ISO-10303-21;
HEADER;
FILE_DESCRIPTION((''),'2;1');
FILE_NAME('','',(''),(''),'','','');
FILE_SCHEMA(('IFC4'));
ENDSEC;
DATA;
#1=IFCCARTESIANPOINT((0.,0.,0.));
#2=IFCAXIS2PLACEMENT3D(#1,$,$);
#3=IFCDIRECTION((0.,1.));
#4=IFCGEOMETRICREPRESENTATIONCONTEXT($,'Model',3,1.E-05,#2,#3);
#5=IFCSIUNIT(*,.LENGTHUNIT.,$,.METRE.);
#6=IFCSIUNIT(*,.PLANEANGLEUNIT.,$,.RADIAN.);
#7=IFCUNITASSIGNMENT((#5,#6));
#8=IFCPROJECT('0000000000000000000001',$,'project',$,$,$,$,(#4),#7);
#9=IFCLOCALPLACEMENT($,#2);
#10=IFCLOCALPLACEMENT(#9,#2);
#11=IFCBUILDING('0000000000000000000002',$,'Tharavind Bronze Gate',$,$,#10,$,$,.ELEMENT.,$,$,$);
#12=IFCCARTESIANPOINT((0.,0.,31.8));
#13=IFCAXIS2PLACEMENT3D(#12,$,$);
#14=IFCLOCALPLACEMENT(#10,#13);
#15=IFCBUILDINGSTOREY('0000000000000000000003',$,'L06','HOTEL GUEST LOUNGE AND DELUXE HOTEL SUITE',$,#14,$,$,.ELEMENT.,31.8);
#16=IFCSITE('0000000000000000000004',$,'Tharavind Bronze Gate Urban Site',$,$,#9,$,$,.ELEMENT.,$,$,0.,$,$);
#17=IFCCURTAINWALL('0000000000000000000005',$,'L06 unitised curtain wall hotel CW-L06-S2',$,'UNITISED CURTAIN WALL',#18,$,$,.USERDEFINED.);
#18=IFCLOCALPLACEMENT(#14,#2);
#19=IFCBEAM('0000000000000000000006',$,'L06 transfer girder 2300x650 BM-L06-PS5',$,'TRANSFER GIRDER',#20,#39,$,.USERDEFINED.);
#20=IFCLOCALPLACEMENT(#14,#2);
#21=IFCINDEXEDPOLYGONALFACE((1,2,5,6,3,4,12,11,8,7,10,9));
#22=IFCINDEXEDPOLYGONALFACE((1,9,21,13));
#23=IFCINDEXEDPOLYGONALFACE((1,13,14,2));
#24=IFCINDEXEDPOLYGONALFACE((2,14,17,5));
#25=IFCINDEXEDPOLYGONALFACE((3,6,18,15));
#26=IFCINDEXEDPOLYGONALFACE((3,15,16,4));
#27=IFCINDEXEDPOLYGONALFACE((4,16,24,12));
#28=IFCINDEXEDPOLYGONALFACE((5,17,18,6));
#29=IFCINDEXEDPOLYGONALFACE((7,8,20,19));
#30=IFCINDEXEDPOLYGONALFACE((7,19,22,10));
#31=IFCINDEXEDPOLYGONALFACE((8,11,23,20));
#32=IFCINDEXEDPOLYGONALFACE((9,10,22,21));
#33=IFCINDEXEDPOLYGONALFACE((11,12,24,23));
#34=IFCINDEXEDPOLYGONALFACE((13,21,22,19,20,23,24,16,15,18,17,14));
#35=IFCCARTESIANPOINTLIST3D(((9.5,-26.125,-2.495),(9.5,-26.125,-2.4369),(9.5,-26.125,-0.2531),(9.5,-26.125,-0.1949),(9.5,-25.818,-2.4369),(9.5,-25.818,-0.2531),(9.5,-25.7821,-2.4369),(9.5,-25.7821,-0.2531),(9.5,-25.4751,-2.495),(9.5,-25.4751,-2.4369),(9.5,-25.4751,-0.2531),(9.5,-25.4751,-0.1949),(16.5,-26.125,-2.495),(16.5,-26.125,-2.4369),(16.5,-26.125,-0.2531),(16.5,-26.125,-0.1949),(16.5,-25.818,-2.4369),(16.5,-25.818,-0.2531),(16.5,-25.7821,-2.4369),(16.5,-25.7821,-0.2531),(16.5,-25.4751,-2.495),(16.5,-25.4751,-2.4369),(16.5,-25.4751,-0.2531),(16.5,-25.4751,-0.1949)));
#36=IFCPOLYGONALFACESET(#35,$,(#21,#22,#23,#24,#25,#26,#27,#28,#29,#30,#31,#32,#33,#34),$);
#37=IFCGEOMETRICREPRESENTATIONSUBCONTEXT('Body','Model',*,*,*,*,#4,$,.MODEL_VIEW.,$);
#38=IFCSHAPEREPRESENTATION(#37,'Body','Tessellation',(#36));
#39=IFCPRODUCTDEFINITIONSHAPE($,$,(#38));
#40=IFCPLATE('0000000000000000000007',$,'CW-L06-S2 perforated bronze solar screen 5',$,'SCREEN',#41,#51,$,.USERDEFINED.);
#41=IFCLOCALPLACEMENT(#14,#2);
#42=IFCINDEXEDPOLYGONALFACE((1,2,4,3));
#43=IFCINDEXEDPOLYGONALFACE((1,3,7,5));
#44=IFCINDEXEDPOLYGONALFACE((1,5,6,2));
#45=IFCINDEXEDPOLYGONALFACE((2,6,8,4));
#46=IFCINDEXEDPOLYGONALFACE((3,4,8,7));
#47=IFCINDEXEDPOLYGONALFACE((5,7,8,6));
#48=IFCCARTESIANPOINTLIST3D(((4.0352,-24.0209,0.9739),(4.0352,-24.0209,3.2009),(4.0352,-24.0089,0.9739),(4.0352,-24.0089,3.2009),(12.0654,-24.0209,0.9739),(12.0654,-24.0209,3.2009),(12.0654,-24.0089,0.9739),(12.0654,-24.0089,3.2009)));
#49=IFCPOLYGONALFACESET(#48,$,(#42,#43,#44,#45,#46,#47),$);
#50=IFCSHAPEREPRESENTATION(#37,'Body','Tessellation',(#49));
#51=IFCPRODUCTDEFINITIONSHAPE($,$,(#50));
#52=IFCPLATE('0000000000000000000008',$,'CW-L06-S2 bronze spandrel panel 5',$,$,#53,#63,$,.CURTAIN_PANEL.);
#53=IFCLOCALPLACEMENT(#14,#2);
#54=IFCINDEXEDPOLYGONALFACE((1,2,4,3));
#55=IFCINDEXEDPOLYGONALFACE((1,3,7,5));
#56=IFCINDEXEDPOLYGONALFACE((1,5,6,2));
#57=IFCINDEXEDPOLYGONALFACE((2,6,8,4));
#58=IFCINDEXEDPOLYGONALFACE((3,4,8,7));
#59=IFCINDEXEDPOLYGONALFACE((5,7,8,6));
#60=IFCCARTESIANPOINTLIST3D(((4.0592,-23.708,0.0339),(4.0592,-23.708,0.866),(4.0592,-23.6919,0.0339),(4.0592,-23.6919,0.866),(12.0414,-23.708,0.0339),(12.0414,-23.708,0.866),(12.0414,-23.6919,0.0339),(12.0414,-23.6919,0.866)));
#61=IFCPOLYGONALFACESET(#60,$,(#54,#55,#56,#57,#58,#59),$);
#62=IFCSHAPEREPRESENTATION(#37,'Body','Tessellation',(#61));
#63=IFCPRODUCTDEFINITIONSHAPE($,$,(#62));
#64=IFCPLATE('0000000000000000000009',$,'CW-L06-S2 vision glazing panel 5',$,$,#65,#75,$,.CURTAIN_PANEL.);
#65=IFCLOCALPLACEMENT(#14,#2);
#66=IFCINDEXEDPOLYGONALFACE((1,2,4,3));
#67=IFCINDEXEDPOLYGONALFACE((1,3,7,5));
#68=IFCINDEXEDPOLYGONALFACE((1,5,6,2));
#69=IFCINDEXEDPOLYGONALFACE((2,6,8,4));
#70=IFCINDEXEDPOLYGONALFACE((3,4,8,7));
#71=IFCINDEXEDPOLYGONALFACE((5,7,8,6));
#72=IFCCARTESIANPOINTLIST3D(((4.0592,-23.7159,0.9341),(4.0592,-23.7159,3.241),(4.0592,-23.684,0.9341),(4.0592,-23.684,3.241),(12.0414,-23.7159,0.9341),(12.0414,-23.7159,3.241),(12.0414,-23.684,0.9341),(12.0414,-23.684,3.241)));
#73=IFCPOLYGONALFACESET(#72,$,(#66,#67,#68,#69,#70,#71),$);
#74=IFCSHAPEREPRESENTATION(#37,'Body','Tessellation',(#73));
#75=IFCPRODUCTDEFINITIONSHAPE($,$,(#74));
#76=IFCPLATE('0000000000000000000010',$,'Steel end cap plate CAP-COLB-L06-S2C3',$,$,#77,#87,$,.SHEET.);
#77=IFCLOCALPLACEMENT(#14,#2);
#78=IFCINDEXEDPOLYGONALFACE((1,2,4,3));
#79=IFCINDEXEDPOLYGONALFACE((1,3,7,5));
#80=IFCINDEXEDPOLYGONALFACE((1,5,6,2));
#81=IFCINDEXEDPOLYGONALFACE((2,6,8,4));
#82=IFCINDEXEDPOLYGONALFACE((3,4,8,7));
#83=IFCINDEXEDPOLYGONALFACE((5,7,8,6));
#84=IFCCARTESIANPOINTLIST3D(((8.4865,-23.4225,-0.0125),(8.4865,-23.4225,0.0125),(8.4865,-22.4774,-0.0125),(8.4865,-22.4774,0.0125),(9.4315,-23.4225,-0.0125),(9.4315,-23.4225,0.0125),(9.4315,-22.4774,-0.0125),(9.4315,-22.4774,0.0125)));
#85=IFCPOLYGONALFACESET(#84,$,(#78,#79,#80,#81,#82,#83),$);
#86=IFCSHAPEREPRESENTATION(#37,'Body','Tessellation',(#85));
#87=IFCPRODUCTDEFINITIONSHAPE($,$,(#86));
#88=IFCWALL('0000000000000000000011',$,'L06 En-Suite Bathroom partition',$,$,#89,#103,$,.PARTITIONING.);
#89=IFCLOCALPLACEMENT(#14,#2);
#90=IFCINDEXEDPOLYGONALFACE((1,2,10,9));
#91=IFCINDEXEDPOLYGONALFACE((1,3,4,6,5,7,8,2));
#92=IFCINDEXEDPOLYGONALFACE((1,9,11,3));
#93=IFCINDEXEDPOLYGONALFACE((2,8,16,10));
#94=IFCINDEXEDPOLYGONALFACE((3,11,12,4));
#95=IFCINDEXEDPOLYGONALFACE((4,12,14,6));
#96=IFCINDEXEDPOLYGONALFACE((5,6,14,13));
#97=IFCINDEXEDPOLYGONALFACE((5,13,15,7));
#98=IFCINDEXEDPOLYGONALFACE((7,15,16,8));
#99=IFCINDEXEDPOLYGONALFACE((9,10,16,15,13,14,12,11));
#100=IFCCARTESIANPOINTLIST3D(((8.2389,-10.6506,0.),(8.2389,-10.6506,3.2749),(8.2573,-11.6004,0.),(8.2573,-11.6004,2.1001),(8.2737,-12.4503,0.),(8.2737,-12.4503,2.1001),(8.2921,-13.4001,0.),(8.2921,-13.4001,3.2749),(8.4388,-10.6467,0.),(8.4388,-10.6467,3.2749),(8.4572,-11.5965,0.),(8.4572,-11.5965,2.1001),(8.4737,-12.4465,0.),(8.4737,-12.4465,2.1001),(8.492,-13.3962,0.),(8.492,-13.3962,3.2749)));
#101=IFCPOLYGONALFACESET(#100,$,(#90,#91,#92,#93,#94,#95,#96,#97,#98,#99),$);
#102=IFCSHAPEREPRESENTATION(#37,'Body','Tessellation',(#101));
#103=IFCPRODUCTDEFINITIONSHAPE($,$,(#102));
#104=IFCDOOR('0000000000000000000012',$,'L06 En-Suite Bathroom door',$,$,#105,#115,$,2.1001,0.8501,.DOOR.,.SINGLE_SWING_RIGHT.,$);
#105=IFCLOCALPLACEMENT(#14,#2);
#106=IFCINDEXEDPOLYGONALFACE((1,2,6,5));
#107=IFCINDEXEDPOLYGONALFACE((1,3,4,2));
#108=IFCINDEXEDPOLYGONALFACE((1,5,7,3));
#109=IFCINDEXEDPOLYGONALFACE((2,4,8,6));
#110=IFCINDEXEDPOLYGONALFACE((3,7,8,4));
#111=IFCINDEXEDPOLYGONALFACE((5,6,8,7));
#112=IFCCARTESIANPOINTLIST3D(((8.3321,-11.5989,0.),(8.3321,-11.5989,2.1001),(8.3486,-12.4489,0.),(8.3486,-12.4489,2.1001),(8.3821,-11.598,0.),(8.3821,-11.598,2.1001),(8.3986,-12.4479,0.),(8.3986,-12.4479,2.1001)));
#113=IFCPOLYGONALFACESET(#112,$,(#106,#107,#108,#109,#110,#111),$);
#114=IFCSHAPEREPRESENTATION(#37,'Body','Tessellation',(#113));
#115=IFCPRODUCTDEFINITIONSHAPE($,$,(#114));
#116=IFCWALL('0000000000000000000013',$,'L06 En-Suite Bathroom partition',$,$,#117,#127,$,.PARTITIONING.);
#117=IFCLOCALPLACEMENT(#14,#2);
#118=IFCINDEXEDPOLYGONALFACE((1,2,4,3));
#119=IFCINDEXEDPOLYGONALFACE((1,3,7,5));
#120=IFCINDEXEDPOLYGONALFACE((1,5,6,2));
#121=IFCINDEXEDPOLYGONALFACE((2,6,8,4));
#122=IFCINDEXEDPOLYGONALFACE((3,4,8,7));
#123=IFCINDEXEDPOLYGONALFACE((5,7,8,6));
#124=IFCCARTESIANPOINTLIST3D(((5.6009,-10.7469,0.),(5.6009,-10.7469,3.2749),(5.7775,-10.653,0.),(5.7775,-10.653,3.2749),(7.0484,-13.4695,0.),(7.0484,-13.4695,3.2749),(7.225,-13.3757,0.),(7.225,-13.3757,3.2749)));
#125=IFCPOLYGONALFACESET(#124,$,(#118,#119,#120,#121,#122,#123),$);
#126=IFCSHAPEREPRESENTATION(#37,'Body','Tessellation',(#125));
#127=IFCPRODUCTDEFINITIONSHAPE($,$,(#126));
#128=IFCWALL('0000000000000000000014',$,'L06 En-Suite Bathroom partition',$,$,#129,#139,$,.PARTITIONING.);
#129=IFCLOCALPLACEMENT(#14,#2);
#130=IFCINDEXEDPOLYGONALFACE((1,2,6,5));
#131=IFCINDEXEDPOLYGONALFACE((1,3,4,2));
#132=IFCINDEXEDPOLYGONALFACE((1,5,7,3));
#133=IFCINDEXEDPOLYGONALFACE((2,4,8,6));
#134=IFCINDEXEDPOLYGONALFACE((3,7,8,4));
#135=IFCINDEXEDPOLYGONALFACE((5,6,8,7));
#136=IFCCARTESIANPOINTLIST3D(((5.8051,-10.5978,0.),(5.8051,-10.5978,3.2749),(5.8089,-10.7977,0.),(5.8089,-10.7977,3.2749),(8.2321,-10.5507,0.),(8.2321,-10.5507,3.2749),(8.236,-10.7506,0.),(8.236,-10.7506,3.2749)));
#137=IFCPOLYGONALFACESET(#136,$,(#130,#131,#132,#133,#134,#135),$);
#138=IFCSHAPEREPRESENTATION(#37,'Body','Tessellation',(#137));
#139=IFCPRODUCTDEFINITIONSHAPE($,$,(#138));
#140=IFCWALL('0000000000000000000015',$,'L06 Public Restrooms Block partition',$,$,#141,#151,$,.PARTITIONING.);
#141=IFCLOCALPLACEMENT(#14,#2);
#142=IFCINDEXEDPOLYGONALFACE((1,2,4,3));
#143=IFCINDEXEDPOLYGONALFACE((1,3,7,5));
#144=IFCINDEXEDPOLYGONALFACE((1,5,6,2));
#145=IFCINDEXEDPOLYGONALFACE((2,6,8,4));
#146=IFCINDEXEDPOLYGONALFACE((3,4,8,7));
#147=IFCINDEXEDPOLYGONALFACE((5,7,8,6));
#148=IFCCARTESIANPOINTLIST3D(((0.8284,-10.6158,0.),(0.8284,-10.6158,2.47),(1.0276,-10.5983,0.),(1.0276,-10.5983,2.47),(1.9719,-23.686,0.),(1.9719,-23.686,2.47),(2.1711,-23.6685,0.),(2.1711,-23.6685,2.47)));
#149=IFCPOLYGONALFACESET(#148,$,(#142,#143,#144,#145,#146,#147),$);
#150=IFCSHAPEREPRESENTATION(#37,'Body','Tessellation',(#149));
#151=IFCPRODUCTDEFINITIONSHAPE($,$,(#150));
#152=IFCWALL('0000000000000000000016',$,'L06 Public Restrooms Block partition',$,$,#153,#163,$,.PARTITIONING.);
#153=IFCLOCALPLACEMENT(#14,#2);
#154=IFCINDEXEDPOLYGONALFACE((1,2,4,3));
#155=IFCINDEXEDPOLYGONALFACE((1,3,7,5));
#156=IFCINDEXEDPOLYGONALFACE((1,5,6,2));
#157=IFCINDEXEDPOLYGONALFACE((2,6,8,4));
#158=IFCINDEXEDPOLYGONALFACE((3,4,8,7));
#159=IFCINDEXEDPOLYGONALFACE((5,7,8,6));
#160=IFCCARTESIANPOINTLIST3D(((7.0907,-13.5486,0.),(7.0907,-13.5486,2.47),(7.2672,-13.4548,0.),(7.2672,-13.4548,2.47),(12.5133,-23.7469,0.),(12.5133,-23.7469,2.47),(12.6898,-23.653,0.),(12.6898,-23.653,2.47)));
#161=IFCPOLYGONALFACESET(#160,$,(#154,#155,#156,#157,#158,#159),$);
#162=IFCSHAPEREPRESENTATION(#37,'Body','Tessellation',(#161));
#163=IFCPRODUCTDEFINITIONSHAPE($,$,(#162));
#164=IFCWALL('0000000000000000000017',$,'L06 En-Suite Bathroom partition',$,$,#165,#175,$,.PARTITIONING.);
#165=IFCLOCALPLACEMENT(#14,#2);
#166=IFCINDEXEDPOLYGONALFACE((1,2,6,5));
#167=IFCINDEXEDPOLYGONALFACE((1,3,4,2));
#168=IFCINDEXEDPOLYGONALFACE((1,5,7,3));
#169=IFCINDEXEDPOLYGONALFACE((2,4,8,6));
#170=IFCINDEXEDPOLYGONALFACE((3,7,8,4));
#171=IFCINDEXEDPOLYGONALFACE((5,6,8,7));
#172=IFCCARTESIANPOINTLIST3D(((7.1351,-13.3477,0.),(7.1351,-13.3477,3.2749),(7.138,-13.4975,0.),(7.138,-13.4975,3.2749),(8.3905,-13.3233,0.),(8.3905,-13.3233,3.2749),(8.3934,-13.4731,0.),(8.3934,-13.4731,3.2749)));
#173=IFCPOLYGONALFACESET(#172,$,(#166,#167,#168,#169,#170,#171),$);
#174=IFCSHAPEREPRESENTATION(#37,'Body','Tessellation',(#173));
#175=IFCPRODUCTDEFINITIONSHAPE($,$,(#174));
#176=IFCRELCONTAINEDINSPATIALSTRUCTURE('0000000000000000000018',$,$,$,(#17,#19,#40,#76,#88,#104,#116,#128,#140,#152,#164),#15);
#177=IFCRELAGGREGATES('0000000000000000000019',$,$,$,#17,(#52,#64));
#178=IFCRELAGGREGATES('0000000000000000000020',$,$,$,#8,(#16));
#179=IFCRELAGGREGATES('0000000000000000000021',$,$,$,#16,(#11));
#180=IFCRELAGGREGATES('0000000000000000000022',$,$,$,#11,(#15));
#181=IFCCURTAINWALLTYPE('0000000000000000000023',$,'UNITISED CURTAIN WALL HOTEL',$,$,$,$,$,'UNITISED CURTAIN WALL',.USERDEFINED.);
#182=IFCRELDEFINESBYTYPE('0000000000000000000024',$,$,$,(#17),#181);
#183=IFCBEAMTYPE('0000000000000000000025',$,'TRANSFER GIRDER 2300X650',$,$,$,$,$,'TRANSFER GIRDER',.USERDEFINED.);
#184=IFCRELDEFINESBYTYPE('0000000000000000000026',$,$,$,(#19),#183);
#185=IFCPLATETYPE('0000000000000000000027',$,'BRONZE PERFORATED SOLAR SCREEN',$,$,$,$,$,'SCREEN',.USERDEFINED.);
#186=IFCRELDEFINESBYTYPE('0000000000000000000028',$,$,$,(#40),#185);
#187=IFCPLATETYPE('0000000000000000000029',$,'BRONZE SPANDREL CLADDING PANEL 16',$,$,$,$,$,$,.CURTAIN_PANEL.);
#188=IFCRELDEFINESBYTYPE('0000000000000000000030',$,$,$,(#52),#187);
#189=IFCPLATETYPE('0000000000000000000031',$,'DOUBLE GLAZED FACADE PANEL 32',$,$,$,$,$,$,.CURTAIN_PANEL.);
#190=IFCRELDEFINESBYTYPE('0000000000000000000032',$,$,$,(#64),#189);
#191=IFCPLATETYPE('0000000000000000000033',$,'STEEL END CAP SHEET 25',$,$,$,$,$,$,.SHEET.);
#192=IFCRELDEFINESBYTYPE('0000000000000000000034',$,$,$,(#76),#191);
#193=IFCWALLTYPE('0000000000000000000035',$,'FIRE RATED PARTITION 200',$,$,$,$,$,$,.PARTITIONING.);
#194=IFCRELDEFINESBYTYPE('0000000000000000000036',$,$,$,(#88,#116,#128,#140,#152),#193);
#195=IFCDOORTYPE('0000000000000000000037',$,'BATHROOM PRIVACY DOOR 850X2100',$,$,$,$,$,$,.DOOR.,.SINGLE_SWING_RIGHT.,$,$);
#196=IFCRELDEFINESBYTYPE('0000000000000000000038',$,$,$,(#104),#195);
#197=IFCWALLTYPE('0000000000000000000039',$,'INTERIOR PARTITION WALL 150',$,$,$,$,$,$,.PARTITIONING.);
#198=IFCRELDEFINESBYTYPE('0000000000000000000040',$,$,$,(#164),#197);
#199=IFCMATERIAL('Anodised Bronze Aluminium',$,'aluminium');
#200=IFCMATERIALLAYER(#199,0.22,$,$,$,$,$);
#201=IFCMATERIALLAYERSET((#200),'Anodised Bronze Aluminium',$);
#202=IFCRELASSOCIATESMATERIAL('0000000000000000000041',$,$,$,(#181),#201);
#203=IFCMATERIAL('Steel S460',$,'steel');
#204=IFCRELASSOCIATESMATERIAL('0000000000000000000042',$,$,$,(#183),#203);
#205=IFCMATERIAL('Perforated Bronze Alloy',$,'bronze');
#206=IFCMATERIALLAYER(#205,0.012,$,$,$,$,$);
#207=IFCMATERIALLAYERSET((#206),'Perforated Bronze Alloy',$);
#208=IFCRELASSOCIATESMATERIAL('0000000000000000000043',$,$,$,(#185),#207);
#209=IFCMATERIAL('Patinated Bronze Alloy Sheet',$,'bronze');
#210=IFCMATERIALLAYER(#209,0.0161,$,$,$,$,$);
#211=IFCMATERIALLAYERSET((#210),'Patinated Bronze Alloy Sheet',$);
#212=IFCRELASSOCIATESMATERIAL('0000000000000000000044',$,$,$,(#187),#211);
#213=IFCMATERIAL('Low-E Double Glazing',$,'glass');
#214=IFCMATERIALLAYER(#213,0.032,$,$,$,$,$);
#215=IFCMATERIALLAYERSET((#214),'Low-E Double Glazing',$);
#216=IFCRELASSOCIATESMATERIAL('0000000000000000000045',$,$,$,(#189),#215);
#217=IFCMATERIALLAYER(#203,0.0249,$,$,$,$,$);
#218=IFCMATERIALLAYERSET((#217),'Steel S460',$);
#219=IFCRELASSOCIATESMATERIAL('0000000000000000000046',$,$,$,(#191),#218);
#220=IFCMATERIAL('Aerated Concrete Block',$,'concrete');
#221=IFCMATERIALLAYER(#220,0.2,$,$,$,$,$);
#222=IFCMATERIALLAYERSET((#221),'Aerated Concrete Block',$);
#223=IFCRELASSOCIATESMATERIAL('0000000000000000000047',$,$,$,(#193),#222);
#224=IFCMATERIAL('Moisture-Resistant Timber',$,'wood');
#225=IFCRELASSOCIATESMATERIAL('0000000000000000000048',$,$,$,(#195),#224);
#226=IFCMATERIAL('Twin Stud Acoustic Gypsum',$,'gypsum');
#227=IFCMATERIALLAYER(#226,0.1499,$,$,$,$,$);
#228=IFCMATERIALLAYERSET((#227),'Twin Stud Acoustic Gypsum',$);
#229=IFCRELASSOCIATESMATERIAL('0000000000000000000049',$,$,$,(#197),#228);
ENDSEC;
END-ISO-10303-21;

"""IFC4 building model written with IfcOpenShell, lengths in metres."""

from ifc_helpers import new_model, si_unit, direction, frame, frame_2d, origin, origin_2d, place, context, subcontext, project, spatial, rectangle, i_section, extrude, material, layer, layer_set, material_profile, profile_set, type_object, element, fill, aggregate, save


model = new_model("IFC4")

# Units and contexts
model_context = context("Model", 3, precision=1e-05, world=origin(), true_north=direction((0.0, 1.0)))
body_context = subcontext(model_context, "Body", "Model", "MODEL_VIEW")
ifc_project = project(units=[si_unit("LENGTHUNIT", "METRE"), si_unit("PLANEANGLEUNIT", "RADIAN")], contexts=[model_context])

# Site, building, storey
site_placement = place(None, origin())
site = spatial("IfcSite", under=ifc_project, at=site_placement, Name="Tharavind Bronze Gate Urban Site", CompositionType="ELEMENT", RefElevation=0.0)
building_placement = place(site_placement, origin())
building = spatial("IfcBuilding", under=site, at=building_placement, Name="Tharavind Bronze Gate", CompositionType="ELEMENT")
storey_placement = place(building_placement, frame((0.0, 0.0, 31.8)))
storey = spatial("IfcBuildingStorey", under=building, at=storey_placement, Name="L06", Description="HOTEL GUEST LOUNGE AND DELUXE HOTEL SUITE", CompositionType="ELEMENT", Elevation=31.8)

# Shared definitions
ifc_material_1 = material(Name="Steel S460", Category="steel")

# Curtain wall
ifc_material_2 = material(Name="Anodised Bronze Aluminium", Category="aluminium")
ifc_layer_1 = layer(ifc_material_2, 0.22)
ifc_layer_set_1 = layer_set([ifc_layer_1], Name="Anodised Bronze Aluminium")
curtain_wall_type = type_object("IfcCurtainWallType", Name="UNITISED CURTAIN WALL HOTEL", ElementType="UNITISED CURTAIN WALL", PredefinedType="USERDEFINED", material=ifc_layer_set_1)
curtain_wall_placement = place(storey_placement, origin())
curtain_wall = element("IfcCurtainWall", 1, at=curtain_wall_placement, inside=storey, type_object=curtain_wall_type, Name="L06 unitised curtain wall hotel CW-L06-S2", ObjectType="UNITISED CURTAIN WALL", PredefinedType="USERDEFINED")

# Beam
ifc_material_profile_1 = material_profile(ifc_material_1, i_section(OverallWidth=0.6499, OverallDepth=2.3, WebThickness=0.0359, FlangeThickness=0.0581, at=origin_2d()), Name="PG2300X650")
ifc_profile_set_1 = profile_set([ifc_material_profile_1], Name="Steel S460")
beam_type_1 = type_object("IfcBeamType", Name="TRANSFER GIRDER 2300X650", ElementType="TRANSFER GIRDER", PredefinedType="USERDEFINED", material=ifc_profile_set_1)
beam_1_placement = place(storey_placement, frame((9.5, -25.8, -1.345), z_axis=(1.0, 0.0, 0.0), x_axis=(0.0, 1.0, 0.0)))
element("IfcBeam", 2, at=beam_1_placement, inside=storey, type_object=beam_type_1, Name="L06 transfer girder 2300x650 BM-L06-PS5", ObjectType="TRANSFER GIRDER", PredefinedType="USERDEFINED", context=body_context, shape_type="SweptSolid", body=[
    extrude(i_section(OverallWidth=0.6499, OverallDepth=2.3, WebThickness=0.0359, FlangeThickness=0.0581, at=origin_2d()), origin(), (0.0, 0.0, 1.0), 7.0),
])

# Plates
ifc_material_3 = material(Name="Perforated Bronze Alloy", Category="bronze")
ifc_layer_2 = layer(ifc_material_3, 0.012)
ifc_layer_set_2 = layer_set([ifc_layer_2], Name="Perforated Bronze Alloy")
plate_type_1 = type_object("IfcPlateType", Name="BRONZE PERFORATED SOLAR SCREEN", ElementType="SCREEN", PredefinedType="USERDEFINED", material=ifc_layer_set_2)
plate_1_placement = place(storey_placement, frame((8.0503, -24.0149, 0.9739), z_axis=(0.0, 0.0, 1.0), x_axis=(1.0, 0.0, 0.0)))
element("IfcPlate", 3, at=plate_1_placement, inside=storey, type_object=plate_type_1, Name="CW-L06-S2 perforated bronze solar screen 5", ObjectType="SCREEN", PredefinedType="USERDEFINED", context=body_context, shape_type="SweptSolid", body=[
    extrude(rectangle(XDim=8.0303, YDim=0.012, at=origin_2d()), origin(), (0.0, 0.0, 1.0), 2.2271),
])
ifc_material_4 = material(Name="Patinated Bronze Alloy Sheet", Category="bronze")
ifc_layer_3 = layer(ifc_material_4, 0.0161)
ifc_layer_set_3 = layer_set([ifc_layer_3], Name="Patinated Bronze Alloy Sheet")
plate_type_2 = type_object("IfcPlateType", Name="BRONZE SPANDREL CLADDING PANEL 16", PredefinedType="CURTAIN_PANEL", material=ifc_layer_set_3)
plate_2_placement = place(storey_placement, frame((8.0503, -23.7, 0.0339), z_axis=(0.0, 0.0, 1.0), x_axis=(1.0, 0.0, 0.0)))
plate_2 = element("IfcPlate", 4, at=plate_2_placement, type_object=plate_type_2, Name="CW-L06-S2 bronze spandrel panel 5", PredefinedType="CURTAIN_PANEL", context=body_context, shape_type="SweptSolid", body=[
    extrude(rectangle(XDim=7.9822, YDim=0.0161, at=origin_2d()), origin(), (0.0, 0.0, 1.0), 0.832),
])
ifc_material_5 = material(Name="Low-E Double Glazing", Category="glass")
ifc_layer_4 = layer(ifc_material_5, 0.032)
ifc_layer_set_4 = layer_set([ifc_layer_4], Name="Low-E Double Glazing")
plate_type_3 = type_object("IfcPlateType", Name="DOUBLE GLAZED FACADE PANEL 32", PredefinedType="CURTAIN_PANEL", material=ifc_layer_set_4)
plate_3_placement = place(storey_placement, frame((8.0503, -23.7, 0.9341), z_axis=(0.0, 0.0, 1.0), x_axis=(1.0, 0.0, 0.0)))
plate_3 = element("IfcPlate", 5, at=plate_3_placement, type_object=plate_type_3, Name="CW-L06-S2 vision glazing panel 5", PredefinedType="CURTAIN_PANEL", context=body_context, shape_type="SweptSolid", body=[
    extrude(rectangle(XDim=7.9822, YDim=0.032, at=origin_2d()), origin(), (0.0, 0.0, 1.0), 2.3069),
])
aggregate(curtain_wall, [plate_2, plate_3])
ifc_layer_5 = layer(ifc_material_1, 0.0249)
ifc_layer_set_5 = layer_set([ifc_layer_5], Name="Steel S460")
plate_type_4 = type_object("IfcPlateType", Name="STEEL END CAP SHEET 25", PredefinedType="SHEET", material=ifc_layer_set_5)
plate_4_placement = place(storey_placement, frame((8.959, -22.95, -0.0125), z_axis=(0.0, 0.0, 1.0), x_axis=(1.0, 0.0, 0.0)))
element("IfcPlate", 6, at=plate_4_placement, inside=storey, type_object=plate_type_4, Name="Steel end cap plate CAP-COLB-L06-S2C3", PredefinedType="SHEET", context=body_context, shape_type="SweptSolid", body=[
    extrude(rectangle(XDim=0.9451, YDim=0.9451, at=origin_2d()), origin(), (0.0, 0.0, 1.0), 0.0249),
])

# Wall, opening, door
ifc_material_6 = material(Name="Aerated Concrete Block", Category="concrete")
ifc_layer_6 = layer(ifc_material_6, 0.2)
ifc_layer_set_6 = layer_set([ifc_layer_6], Name="Aerated Concrete Block")
wall_type_1 = type_object("IfcWallType", Name="FIRE RATED PARTITION 200", PredefinedType="PARTITIONING", material=ifc_layer_set_6)
wall_1_placement = place(storey_placement, frame((8.3389, -10.6487, 0.0), z_axis=(0.0, 0.0, 1.0), x_axis=(0.019354, -0.999813, 0.0)))
wall_1 = element("IfcWall", 7, at=wall_1_placement, inside=storey, type_object=wall_type_1, Name="L06 En-Suite Bathroom partition", PredefinedType="PARTITIONING", context=body_context, shape_type="SweptSolid", body=[
    extrude(rectangle(XDim=2.75, YDim=0.2, at=frame_2d((1.375, 0.0))), origin(), (0.0, 0.0, 1.0), 3.2749),
])
opening_placement = place(wall_1_placement, frame((0.95, 0.0, 0.0)))
opening = element("IfcOpeningElement", 8, at=opening_placement, cuts=wall_1, PredefinedType="OPENING", context=body_context, shape_type="SweptSolid", body=[
    extrude(rectangle(XDim=0.8501, YDim=2.1001, at=frame_2d((0.425, 1.05))), frame((0.0, 0.1101, 0.0), z_axis=(0.0, -1.0, 0.0), x_axis=(1.0, 0.0, 0.0)), (0.0, 0.0, 1.0), 0.22),
])
ifc_material_7 = material(Name="Moisture-Resistant Timber", Category="wood")
door_type = type_object("IfcDoorType", Name="BATHROOM PRIVACY DOOR 850X2100", OperationType="SINGLE_SWING_RIGHT", PredefinedType="DOOR", material=ifc_material_7)
door_placement = place(opening_placement, origin())
door = element("IfcDoor", 9, at=door_placement, inside=storey, type_object=door_type, Name="L06 En-Suite Bathroom door", OperationType="SINGLE_SWING_RIGHT", OverallHeight=2.1001, OverallWidth=0.8501, PredefinedType="DOOR", context=body_context, shape_type="SweptSolid", body=[
    extrude(rectangle(XDim=0.8501, YDim=2.1001, at=frame_2d((0.425, 1.05))), frame((0.0, 0.0249, 0.0), z_axis=(0.0, -1.0, 0.0), x_axis=(1.0, 0.0, 0.0)), (0.0, 0.0, 1.0), 0.05),
])
fill(opening, door)

# Walls
wall_2_placement = place(storey_placement, frame((7.1367, -13.4226, 0.0), z_axis=(0.0, 0.0, 1.0), x_axis=(-0.469433, 0.882968, 0.0)))
element("IfcWall", 10, at=wall_2_placement, inside=storey, type_object=wall_type_1, Name="L06 En-Suite Bathroom partition", PredefinedType="PARTITIONING", context=body_context, shape_type="SweptSolid", body=[
    extrude(rectangle(XDim=3.0835, YDim=0.2, at=frame_2d((1.5417, 0.0))), origin(), (0.0, 0.0, 1.0), 3.2749),
])
wall_3_placement = place(storey_placement, frame((5.8069, -10.6978, 0.0), z_axis=(0.0, 0.0, 1.0), x_axis=(0.999812, 0.019411, 0.0)))
element("IfcWall", 11, at=wall_3_placement, inside=storey, type_object=wall_type_1, Name="L06 En-Suite Bathroom partition", PredefinedType="PARTITIONING", context=body_context, shape_type="SweptSolid", body=[
    extrude(rectangle(XDim=2.4275, YDim=0.2, at=frame_2d((1.2139, 0.0))), origin(), (0.0, 0.0, 1.0), 3.2749),
])
wall_4_placement = place(storey_placement, frame((2.0715, -23.6772, 0.0), z_axis=(0.0, 0.0, 1.0), x_axis=(-0.087161, 0.996194, 0.0)))
element("IfcWall", 12, at=wall_4_placement, inside=storey, type_object=wall_type_1, Name="L06 Public Restrooms Block partition", PredefinedType="PARTITIONING", context=body_context, shape_type="SweptSolid", body=[
    extrude(rectangle(XDim=13.1201, YDim=0.2, at=frame_2d((6.5601, 0.0))), origin(), (0.0, 0.0, 1.0), 2.47),
])
wall_5_placement = place(storey_placement, frame((7.179, -13.5017, 0.0), z_axis=(0.0, 0.0, 1.0), x_axis=(0.469479, -0.882944, 0.0)))
element("IfcWall", 13, at=wall_5_placement, inside=storey, type_object=wall_type_1, Name="L06 Public Restrooms Block partition", PredefinedType="PARTITIONING", context=body_context, shape_type="SweptSolid", body=[
    extrude(rectangle(XDim=11.5503, YDim=0.2, at=frame_2d((5.7751, 0.0))), origin(), (0.0, 0.0, 1.0), 2.47),
])
ifc_material_8 = material(Name="Twin Stud Acoustic Gypsum", Category="gypsum")
ifc_layer_7 = layer(ifc_material_8, 0.1499)
ifc_layer_set_7 = layer_set([ifc_layer_7], Name="Twin Stud Acoustic Gypsum")
wall_type_2 = type_object("IfcWallType", Name="INTERIOR PARTITION WALL 150", PredefinedType="PARTITIONING", material=ifc_layer_set_7)
wall_6_placement = place(storey_placement, frame((8.3921, -13.3982, 0.0), z_axis=(0.0, 0.0, 1.0), x_axis=(-0.999811, -0.019444, 0.0)))
element("IfcWall", 14, at=wall_6_placement, inside=storey, type_object=wall_type_2, Name="L06 En-Suite Bathroom partition", PredefinedType="PARTITIONING", context=body_context, shape_type="SweptSolid", body=[
    extrude(rectangle(XDim=1.2556, YDim=0.1499, at=frame_2d((0.6279, 0.0))), origin(), (0.0, 0.0, 1.0), 3.2749),
])

save(model, "model.ifc")
